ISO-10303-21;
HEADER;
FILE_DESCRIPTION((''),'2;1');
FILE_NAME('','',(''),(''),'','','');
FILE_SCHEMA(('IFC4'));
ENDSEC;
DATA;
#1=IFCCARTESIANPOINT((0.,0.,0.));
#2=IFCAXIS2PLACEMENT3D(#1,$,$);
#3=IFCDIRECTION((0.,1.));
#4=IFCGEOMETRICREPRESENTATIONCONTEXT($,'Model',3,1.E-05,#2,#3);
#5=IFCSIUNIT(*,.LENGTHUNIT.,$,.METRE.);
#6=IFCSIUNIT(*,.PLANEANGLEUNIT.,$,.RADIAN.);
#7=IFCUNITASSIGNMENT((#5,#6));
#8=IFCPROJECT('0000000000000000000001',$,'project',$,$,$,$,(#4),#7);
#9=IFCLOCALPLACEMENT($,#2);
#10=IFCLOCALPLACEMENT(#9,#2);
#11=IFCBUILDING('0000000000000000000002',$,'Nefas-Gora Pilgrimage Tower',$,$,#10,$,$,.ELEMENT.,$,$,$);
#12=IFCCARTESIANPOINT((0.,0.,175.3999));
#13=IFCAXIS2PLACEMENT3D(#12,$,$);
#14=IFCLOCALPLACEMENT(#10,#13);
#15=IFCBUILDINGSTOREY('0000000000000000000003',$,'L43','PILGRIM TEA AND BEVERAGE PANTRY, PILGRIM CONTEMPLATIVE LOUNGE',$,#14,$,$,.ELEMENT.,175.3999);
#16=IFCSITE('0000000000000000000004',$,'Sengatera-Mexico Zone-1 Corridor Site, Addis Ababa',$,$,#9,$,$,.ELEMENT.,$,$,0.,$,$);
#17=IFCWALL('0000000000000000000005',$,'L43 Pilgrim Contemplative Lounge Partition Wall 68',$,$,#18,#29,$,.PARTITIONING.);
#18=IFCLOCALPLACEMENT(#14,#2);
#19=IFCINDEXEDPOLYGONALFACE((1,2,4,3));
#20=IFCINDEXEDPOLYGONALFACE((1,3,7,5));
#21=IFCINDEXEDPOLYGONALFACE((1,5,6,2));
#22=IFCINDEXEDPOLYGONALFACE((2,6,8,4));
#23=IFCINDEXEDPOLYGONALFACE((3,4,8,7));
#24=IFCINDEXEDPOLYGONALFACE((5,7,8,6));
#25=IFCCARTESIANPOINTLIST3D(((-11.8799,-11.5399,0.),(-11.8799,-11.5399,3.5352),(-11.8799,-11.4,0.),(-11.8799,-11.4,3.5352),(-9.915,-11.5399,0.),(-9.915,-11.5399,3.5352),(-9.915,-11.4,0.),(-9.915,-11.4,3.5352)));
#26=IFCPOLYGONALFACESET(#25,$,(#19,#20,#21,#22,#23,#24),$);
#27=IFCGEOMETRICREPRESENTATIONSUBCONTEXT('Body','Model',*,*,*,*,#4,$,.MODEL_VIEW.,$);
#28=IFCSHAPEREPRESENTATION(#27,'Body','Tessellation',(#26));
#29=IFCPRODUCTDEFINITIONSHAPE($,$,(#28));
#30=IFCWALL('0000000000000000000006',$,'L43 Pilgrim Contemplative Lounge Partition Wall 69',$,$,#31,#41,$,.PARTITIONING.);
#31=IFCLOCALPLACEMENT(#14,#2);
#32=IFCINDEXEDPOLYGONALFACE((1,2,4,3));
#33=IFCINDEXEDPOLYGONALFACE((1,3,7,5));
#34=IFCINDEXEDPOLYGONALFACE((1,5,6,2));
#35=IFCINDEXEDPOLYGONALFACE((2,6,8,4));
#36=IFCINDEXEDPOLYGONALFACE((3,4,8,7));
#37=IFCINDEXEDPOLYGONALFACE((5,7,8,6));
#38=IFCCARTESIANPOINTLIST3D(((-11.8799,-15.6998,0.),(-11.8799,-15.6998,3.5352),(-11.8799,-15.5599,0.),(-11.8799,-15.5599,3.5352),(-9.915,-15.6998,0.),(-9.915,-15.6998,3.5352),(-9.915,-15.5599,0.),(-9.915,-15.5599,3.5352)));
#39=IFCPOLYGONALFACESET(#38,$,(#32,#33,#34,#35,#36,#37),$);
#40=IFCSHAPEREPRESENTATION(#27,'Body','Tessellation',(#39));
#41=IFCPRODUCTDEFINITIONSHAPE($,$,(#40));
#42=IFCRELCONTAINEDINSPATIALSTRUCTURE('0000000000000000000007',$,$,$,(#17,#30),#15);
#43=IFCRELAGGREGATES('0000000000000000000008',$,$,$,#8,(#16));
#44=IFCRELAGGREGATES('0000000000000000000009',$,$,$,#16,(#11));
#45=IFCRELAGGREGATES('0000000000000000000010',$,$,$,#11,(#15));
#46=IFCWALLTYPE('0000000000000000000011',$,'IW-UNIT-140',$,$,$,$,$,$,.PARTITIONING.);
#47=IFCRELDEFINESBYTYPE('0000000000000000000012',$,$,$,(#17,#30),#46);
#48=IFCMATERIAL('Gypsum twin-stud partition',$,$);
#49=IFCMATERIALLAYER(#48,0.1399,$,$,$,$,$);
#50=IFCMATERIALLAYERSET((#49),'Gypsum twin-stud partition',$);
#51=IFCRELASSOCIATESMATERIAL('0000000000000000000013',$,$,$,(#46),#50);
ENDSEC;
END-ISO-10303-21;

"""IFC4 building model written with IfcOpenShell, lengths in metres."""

from ifc_helpers import new_model, si_unit, direction, frame, frame_2d, origin, place, context, subcontext, project, spatial, rectangle, extrude, source, transform, mapped, material, layer, layer_set, type_object, element, save


model = new_model("IFC4")

# Units and contexts
model_context = context("Model", 3, precision=1e-05, world=origin(), true_north=direction((0.0, 1.0)))
body_context = subcontext(model_context, "Body", "Model", "MODEL_VIEW")
ifc_project = project(units=[si_unit("LENGTHUNIT", "METRE"), si_unit("PLANEANGLEUNIT", "RADIAN")], contexts=[model_context])

# Site, building, storey
site_placement = place(None, origin())
site = spatial("IfcSite", under=ifc_project, at=site_placement, Name="Sengatera-Mexico Zone-1 Corridor Site, Addis Ababa", CompositionType="ELEMENT", RefElevation=0.0)
building_placement = place(site_placement, origin())
building = spatial("IfcBuilding", under=site, at=building_placement, Name="Nefas-Gora Pilgrimage Tower", CompositionType="ELEMENT")
storey_placement = place(building_placement, frame((0.0, 0.0, 175.3999)))
storey = spatial("IfcBuildingStorey", under=building, at=storey_placement, Name="L43", Description="PILGRIM TEA AND BEVERAGE PANTRY, PILGRIM CONTEMPLATIVE LOUNGE", CompositionType="ELEMENT", Elevation=175.3999)

# Walls
ifc_material_1 = material(Name="Gypsum twin-stud partition")
ifc_layer_1 = layer(ifc_material_1, 0.1399)
ifc_layer_set_1 = layer_set([ifc_layer_1], Name="Gypsum twin-stud partition")
wall_type_1 = type_object("IfcWallType", Name="IW-UNIT-140", PredefinedType="PARTITIONING", material=ifc_layer_set_1)
shared_shape_1 = source(origin(), body_context, "Body", "SweptSolid", [
    extrude(rectangle(XDim=1.9648, YDim=0.1399, at=frame_2d((0.9824, 0.0))), origin(), (0.0, 0.0, 1.0), 3.5352),
])
for number, where, z_axis, x_axis, name in (
    (1, (-11.8799, -11.47, 0.0), (0.0, 0.0, 1.0), (1.0, 0.0, 0.0), "L43 Pilgrim Contemplative Lounge Partition Wall 68"),
    (2, (-11.8799, -15.6299, 0.0), (0.0, 0.0, 1.0), (1.0, 0.0, 0.0), "L43 Pilgrim Contemplative Lounge Partition Wall 69"),
):
    element("IfcWall", number, at=place(storey_placement, frame(where, z_axis=z_axis, x_axis=x_axis)), inside=storey, type_object=wall_type_1, Name=name, PredefinedType="PARTITIONING", context=body_context, shape_type="MappedRepresentation", body=[
        mapped(shared_shape_1, transform((0.0, 0.0, 0.0), x_axis=(1.0, 0.0, 0.0), y_axis=(0.0, 1.0, 0.0), z_axis=(0.0, 0.0, 1.0), scale=1.0)),
    ])

save(model, "model.ifc")
